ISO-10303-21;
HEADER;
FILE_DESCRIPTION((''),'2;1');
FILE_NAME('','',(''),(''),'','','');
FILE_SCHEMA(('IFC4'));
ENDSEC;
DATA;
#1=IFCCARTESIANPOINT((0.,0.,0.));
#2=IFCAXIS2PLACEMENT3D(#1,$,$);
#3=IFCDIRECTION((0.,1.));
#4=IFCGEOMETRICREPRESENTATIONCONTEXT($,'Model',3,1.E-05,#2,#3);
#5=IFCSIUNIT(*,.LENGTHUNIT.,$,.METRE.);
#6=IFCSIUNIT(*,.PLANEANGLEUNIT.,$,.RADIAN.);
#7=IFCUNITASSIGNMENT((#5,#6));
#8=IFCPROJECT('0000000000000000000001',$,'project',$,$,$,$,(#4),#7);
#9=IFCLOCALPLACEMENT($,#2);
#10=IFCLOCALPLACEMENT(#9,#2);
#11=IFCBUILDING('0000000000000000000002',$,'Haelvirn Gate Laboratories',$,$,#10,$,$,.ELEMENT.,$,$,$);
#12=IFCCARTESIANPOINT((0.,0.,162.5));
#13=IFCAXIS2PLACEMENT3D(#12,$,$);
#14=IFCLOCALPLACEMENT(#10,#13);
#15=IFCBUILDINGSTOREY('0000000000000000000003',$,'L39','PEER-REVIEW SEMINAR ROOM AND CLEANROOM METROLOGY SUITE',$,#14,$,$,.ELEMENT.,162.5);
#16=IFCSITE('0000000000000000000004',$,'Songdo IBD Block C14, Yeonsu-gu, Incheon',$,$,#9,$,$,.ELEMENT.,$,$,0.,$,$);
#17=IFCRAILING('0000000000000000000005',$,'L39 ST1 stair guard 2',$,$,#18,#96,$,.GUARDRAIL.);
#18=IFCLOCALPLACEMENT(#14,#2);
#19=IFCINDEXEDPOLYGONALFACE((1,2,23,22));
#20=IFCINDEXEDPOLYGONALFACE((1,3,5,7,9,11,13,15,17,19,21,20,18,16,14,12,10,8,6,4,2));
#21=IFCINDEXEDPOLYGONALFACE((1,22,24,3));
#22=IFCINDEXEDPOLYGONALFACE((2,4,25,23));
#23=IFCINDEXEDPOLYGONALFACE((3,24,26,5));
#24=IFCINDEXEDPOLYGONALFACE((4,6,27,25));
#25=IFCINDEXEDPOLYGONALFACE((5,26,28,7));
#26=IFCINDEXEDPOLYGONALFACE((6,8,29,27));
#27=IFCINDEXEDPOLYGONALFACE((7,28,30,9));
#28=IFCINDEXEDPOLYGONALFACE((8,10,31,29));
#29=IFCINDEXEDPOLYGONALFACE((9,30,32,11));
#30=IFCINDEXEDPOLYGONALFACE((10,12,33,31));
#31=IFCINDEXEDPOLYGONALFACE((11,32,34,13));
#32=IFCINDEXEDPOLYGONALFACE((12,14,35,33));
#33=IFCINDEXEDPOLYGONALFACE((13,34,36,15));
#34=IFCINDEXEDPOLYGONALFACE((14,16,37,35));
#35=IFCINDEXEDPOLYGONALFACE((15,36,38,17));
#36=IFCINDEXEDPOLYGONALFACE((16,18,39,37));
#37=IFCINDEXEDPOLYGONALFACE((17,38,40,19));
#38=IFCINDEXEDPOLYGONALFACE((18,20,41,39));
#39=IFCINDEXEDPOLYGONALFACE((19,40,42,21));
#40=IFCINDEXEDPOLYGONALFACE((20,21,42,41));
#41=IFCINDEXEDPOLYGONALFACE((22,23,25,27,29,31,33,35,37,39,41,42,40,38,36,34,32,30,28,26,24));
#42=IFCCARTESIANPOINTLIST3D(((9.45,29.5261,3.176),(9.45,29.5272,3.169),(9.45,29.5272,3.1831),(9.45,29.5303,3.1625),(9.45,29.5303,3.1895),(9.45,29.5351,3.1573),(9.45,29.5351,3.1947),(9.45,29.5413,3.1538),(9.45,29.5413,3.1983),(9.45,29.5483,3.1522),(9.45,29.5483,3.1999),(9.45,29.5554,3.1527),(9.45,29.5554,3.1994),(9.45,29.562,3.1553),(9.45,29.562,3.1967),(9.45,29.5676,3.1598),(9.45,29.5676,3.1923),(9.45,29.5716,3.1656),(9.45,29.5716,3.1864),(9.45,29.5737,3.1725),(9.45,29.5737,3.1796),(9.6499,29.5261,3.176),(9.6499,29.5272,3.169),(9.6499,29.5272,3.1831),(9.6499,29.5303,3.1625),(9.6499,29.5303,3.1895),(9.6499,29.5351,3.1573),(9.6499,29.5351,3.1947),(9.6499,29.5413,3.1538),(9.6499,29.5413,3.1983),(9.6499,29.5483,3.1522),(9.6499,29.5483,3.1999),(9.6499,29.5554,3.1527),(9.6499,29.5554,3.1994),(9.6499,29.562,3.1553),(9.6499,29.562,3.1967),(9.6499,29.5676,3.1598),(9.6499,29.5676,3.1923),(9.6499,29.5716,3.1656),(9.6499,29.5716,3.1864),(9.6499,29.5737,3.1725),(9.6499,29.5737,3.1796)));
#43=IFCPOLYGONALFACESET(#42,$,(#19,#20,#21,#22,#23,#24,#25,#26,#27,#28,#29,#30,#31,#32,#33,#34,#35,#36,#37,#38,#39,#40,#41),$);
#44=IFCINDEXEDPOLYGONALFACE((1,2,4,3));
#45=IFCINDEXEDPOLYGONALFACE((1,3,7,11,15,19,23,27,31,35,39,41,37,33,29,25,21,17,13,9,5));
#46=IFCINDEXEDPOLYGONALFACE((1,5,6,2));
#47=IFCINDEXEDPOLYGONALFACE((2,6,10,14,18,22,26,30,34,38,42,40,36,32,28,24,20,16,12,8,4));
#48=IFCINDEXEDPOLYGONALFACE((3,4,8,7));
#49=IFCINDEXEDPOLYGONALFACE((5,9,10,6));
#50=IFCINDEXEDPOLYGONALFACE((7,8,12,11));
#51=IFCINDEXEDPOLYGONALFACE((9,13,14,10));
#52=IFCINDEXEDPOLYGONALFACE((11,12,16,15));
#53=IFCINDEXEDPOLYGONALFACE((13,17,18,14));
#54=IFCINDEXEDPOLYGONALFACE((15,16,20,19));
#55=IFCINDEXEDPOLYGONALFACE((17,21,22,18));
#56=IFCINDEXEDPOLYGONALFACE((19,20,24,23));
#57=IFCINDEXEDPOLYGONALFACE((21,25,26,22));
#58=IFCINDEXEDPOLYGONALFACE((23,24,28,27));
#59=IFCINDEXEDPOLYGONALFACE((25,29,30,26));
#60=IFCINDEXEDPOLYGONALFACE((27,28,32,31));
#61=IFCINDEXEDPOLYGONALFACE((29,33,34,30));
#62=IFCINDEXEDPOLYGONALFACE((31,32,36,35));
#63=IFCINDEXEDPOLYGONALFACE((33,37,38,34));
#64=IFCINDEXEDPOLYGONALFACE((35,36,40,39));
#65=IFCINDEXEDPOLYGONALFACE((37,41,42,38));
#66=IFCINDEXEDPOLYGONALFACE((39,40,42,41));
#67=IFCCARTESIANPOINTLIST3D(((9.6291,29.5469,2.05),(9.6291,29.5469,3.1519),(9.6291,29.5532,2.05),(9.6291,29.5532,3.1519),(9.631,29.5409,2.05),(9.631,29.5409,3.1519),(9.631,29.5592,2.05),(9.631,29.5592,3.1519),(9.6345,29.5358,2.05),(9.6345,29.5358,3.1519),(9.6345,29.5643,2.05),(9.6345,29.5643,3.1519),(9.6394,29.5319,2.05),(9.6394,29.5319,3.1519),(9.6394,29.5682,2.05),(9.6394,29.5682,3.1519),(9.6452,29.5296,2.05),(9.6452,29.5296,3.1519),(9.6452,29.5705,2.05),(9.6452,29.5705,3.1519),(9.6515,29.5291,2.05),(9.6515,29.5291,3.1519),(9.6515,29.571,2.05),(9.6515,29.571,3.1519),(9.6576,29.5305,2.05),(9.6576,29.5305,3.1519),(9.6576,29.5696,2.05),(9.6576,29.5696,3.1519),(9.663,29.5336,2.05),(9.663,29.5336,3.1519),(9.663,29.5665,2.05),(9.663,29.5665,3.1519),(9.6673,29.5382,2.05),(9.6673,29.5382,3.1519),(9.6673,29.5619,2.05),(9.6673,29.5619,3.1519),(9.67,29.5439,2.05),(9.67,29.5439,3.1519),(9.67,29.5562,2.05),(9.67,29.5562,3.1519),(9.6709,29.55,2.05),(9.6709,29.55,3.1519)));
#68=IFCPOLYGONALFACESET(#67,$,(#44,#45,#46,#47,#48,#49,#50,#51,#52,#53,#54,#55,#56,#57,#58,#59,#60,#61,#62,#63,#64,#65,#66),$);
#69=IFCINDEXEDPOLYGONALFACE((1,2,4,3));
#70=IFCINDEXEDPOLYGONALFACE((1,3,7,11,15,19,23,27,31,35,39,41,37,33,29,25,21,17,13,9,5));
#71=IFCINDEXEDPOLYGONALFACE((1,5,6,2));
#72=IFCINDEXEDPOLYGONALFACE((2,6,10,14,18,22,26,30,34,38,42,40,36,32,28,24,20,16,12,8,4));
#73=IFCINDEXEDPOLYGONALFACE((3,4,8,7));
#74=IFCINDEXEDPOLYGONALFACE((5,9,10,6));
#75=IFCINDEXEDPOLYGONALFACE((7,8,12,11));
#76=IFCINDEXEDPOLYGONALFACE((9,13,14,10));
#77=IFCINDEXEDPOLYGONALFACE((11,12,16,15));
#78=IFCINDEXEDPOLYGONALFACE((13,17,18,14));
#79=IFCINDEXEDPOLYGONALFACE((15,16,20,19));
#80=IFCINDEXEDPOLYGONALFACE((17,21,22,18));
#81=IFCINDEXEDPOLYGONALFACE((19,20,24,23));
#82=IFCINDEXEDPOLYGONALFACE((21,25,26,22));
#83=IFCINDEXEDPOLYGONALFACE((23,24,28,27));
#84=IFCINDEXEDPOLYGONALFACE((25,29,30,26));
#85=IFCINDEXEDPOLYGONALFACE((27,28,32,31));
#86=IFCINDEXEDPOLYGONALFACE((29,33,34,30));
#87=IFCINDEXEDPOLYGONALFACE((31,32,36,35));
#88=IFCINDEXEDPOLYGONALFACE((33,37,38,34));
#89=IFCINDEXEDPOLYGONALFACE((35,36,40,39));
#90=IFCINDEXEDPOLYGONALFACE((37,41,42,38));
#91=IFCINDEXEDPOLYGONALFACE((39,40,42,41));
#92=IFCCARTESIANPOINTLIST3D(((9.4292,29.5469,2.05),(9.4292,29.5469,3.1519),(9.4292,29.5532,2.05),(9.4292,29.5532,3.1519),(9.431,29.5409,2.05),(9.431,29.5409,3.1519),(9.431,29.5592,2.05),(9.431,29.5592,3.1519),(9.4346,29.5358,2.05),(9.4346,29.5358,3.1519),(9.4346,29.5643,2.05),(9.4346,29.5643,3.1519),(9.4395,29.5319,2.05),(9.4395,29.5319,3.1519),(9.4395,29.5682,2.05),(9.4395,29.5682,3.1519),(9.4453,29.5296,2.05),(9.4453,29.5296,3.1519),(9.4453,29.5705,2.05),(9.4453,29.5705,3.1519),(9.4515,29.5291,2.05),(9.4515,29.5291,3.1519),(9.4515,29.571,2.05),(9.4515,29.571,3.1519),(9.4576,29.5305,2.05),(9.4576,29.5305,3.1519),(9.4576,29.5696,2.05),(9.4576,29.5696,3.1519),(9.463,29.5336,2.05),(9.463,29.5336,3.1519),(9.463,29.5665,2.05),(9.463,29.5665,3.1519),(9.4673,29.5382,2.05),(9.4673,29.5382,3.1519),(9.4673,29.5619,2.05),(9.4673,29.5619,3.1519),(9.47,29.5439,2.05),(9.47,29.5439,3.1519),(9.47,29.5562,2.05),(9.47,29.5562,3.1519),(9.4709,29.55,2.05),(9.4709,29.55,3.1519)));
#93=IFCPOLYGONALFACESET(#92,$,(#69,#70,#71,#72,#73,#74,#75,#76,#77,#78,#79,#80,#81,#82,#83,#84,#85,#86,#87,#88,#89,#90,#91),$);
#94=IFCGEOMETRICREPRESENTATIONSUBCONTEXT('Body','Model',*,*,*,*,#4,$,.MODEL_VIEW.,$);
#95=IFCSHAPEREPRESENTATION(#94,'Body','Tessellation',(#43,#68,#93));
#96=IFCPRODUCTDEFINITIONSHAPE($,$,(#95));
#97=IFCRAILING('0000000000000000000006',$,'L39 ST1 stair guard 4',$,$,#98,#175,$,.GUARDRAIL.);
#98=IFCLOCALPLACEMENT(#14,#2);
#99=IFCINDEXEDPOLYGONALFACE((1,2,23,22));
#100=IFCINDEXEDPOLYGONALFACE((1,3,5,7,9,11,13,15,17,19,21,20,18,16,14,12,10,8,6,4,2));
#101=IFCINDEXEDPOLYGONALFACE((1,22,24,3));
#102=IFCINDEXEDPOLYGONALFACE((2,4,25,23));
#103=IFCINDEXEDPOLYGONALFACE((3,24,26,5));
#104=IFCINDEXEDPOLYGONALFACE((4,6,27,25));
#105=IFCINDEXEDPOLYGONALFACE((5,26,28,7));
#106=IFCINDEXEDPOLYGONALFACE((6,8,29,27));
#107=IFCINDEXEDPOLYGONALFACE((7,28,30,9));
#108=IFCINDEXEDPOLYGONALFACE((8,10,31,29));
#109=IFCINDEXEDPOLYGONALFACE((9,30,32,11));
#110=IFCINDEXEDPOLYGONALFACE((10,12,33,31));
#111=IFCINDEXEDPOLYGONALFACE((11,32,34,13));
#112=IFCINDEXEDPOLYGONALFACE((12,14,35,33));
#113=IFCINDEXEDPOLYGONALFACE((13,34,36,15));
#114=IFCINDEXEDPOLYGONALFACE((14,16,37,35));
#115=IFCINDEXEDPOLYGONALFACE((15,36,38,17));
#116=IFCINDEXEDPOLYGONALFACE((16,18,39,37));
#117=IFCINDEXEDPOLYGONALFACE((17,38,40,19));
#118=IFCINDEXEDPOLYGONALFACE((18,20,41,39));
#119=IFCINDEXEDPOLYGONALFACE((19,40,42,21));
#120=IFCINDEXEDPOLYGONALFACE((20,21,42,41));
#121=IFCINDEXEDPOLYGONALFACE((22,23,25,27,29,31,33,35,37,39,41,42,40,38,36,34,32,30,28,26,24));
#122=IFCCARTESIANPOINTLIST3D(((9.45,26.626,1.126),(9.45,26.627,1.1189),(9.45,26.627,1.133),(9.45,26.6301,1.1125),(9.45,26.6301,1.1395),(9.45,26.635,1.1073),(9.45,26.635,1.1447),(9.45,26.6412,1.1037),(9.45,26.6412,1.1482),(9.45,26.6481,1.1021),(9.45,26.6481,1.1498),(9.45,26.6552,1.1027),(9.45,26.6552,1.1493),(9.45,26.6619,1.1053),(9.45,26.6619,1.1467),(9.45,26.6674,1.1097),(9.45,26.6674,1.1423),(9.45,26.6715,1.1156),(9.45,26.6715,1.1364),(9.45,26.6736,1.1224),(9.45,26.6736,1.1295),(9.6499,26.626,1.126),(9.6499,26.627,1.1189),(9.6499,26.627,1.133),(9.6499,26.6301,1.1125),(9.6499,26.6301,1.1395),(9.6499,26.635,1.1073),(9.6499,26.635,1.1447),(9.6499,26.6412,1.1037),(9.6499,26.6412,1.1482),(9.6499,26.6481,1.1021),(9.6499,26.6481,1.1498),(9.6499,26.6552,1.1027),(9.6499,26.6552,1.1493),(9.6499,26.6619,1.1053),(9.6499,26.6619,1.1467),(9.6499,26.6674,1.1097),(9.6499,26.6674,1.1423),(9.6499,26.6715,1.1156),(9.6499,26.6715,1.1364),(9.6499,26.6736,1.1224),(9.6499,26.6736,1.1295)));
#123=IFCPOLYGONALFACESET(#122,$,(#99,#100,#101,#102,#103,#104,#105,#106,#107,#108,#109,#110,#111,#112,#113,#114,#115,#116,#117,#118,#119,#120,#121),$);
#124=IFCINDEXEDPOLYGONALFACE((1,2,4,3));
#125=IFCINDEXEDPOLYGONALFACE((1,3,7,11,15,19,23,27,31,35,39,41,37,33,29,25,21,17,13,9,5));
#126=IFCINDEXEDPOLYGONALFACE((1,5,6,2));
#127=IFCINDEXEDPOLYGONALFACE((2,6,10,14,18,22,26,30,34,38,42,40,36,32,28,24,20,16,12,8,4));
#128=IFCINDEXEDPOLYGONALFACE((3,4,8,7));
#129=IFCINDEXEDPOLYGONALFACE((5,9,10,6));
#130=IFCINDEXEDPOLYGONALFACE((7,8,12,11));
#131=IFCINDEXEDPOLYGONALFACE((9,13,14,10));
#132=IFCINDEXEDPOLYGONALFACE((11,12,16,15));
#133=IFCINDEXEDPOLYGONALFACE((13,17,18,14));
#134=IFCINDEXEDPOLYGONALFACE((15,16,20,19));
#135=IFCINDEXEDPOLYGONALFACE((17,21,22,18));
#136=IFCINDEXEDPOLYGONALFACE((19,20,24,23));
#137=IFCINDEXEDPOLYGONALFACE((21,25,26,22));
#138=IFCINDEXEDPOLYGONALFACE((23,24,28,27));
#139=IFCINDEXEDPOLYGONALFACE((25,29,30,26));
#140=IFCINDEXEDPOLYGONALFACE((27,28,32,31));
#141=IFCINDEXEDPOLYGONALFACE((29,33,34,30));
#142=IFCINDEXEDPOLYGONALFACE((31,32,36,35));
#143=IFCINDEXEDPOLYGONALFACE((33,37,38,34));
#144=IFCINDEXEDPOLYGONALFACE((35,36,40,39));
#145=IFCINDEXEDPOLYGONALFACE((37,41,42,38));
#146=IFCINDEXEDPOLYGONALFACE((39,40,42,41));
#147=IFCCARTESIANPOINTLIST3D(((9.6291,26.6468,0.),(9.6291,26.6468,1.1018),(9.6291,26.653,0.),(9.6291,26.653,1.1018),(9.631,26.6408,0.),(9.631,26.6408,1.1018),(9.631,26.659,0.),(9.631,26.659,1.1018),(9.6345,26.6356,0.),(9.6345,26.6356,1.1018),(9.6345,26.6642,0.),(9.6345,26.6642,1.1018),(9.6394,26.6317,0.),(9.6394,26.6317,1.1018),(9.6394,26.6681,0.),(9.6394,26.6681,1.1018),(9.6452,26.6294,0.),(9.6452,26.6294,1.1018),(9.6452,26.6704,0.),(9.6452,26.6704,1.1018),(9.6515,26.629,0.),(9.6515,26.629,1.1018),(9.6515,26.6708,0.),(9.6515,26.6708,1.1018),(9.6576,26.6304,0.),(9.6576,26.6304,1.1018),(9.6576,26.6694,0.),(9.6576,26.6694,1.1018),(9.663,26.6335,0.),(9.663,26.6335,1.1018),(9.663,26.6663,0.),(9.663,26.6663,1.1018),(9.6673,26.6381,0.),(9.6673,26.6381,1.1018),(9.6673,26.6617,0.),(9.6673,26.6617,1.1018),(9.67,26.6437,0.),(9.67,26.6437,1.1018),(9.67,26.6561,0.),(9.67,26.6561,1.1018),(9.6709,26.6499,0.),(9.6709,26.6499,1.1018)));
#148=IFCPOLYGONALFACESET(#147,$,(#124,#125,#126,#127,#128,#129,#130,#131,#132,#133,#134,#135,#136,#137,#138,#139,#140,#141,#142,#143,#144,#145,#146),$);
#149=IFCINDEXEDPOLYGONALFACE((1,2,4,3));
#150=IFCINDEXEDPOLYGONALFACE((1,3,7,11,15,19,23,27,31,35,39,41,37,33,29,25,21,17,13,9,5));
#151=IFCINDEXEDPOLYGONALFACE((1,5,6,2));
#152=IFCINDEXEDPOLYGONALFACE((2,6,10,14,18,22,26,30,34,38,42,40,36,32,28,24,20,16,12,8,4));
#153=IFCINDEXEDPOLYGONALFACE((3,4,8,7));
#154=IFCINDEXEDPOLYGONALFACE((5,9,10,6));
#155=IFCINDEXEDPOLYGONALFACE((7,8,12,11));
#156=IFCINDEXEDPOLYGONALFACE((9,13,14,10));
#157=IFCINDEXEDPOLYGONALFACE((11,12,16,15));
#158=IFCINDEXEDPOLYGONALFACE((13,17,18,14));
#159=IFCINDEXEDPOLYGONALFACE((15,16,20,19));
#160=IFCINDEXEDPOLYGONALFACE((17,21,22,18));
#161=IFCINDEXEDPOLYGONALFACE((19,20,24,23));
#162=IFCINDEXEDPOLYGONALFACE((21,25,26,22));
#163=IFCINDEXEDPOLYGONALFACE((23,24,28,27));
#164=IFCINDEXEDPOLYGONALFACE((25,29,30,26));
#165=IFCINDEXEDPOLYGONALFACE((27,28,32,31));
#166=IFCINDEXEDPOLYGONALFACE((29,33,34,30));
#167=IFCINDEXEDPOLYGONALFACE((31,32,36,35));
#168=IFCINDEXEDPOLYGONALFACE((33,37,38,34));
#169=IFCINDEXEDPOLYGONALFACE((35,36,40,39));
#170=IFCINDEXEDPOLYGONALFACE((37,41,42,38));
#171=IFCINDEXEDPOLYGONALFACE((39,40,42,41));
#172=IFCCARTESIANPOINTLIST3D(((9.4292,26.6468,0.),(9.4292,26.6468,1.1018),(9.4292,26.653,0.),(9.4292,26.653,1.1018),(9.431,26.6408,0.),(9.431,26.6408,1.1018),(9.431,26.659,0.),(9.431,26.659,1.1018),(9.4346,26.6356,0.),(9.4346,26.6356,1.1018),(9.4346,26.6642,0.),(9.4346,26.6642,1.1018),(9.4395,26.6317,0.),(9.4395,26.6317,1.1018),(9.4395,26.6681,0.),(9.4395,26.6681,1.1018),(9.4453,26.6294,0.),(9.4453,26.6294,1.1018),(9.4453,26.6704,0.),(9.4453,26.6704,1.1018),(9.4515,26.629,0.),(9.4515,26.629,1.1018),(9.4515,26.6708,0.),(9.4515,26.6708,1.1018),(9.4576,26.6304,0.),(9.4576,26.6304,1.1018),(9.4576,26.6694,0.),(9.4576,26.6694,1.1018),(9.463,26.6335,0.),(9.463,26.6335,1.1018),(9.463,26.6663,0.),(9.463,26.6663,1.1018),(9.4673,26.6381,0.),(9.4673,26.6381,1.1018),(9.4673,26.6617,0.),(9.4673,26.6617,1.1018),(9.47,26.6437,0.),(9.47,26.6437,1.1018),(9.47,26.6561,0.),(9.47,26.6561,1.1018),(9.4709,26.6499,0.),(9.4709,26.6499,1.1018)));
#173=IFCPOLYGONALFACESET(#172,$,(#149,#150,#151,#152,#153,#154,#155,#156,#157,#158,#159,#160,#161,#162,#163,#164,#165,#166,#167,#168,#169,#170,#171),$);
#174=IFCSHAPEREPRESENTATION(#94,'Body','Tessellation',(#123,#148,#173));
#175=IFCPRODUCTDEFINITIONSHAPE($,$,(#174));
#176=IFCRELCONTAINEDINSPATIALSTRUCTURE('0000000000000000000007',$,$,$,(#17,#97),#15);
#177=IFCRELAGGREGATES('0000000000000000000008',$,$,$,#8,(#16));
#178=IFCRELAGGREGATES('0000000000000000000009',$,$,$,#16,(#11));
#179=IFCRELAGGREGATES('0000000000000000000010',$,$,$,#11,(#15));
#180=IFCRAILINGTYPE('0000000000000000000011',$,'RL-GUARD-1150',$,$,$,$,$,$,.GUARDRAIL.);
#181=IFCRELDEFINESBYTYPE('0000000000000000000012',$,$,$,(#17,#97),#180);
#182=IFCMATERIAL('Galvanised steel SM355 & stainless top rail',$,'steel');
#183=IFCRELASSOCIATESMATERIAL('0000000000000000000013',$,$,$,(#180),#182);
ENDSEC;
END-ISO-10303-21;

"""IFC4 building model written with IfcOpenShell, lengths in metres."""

from ifc_helpers import new_model, si_unit, direction, frame, origin, origin_2d, place, context, subcontext, project, spatial, circle, extrude, source, transform, mapped, material, type_object, element, save


model = new_model("IFC4")

# Units and contexts
model_context = context("Model", 3, precision=1e-05, world=origin(), true_north=direction((0.0, 1.0)))
body_context = subcontext(model_context, "Body", "Model", "MODEL_VIEW")
ifc_project = project(units=[si_unit("LENGTHUNIT", "METRE"), si_unit("PLANEANGLEUNIT", "RADIAN")], contexts=[model_context])

# Site, building, storey
site_placement = place(None, origin())
site = spatial("IfcSite", under=ifc_project, at=site_placement, Name="Songdo IBD Block C14, Yeonsu-gu, Incheon", CompositionType="ELEMENT", RefElevation=0.0)
building_placement = place(site_placement, origin())
building = spatial("IfcBuilding", under=site, at=building_placement, Name="Haelvirn Gate Laboratories", CompositionType="ELEMENT")
storey_placement = place(building_placement, frame((0.0, 0.0, 162.5)))
storey = spatial("IfcBuildingStorey", under=building, at=storey_placement, Name="L39", Description="PEER-REVIEW SEMINAR ROOM AND CLEANROOM METROLOGY SUITE", CompositionType="ELEMENT", Elevation=162.5)

# Railings
ifc_material_1 = material(Name="Galvanised steel SM355 & stainless top rail", Category="steel")
railing_type_1 = type_object("IfcRailingType", Name="RL-GUARD-1150", PredefinedType="GUARDRAIL", material=ifc_material_1)
shared_shape_1 = source(origin(), body_context, "Body", "SweptSolid", [
    extrude(circle(Radius=0.0239, at=origin_2d()), frame((0.0, 0.0, 1.126), z_axis=(-1.0, 0.0, 0.0), x_axis=(0.0, -1.0, 0.0)), (0.0, 0.0, 1.0), 0.2),
    extrude(circle(Radius=0.021, at=origin_2d()), origin(), (0.0, 0.0, 1.0), 1.1018),
    extrude(circle(Radius=0.021, at=origin_2d()), frame((-0.2, 0.0, 0.0)), (0.0, 0.0, 1.0), 1.1018),
])
for number, where, name in (
    (1, (9.6499, 29.55, 2.05), "L39 ST1 stair guard 2"),
    (2, (9.6499, 26.6499, 0.0), "L39 ST1 stair guard 4"),
):
    element("IfcRailing", number, at=place(storey_placement, frame(where)), inside=storey, type_object=railing_type_1, Name=name, PredefinedType="GUARDRAIL", context=body_context, shape_type="MappedRepresentation", body=[
        mapped(shared_shape_1, transform((0.0, 0.0, 0.0), scale=1.0)),
    ])

save(model, "model.ifc")
